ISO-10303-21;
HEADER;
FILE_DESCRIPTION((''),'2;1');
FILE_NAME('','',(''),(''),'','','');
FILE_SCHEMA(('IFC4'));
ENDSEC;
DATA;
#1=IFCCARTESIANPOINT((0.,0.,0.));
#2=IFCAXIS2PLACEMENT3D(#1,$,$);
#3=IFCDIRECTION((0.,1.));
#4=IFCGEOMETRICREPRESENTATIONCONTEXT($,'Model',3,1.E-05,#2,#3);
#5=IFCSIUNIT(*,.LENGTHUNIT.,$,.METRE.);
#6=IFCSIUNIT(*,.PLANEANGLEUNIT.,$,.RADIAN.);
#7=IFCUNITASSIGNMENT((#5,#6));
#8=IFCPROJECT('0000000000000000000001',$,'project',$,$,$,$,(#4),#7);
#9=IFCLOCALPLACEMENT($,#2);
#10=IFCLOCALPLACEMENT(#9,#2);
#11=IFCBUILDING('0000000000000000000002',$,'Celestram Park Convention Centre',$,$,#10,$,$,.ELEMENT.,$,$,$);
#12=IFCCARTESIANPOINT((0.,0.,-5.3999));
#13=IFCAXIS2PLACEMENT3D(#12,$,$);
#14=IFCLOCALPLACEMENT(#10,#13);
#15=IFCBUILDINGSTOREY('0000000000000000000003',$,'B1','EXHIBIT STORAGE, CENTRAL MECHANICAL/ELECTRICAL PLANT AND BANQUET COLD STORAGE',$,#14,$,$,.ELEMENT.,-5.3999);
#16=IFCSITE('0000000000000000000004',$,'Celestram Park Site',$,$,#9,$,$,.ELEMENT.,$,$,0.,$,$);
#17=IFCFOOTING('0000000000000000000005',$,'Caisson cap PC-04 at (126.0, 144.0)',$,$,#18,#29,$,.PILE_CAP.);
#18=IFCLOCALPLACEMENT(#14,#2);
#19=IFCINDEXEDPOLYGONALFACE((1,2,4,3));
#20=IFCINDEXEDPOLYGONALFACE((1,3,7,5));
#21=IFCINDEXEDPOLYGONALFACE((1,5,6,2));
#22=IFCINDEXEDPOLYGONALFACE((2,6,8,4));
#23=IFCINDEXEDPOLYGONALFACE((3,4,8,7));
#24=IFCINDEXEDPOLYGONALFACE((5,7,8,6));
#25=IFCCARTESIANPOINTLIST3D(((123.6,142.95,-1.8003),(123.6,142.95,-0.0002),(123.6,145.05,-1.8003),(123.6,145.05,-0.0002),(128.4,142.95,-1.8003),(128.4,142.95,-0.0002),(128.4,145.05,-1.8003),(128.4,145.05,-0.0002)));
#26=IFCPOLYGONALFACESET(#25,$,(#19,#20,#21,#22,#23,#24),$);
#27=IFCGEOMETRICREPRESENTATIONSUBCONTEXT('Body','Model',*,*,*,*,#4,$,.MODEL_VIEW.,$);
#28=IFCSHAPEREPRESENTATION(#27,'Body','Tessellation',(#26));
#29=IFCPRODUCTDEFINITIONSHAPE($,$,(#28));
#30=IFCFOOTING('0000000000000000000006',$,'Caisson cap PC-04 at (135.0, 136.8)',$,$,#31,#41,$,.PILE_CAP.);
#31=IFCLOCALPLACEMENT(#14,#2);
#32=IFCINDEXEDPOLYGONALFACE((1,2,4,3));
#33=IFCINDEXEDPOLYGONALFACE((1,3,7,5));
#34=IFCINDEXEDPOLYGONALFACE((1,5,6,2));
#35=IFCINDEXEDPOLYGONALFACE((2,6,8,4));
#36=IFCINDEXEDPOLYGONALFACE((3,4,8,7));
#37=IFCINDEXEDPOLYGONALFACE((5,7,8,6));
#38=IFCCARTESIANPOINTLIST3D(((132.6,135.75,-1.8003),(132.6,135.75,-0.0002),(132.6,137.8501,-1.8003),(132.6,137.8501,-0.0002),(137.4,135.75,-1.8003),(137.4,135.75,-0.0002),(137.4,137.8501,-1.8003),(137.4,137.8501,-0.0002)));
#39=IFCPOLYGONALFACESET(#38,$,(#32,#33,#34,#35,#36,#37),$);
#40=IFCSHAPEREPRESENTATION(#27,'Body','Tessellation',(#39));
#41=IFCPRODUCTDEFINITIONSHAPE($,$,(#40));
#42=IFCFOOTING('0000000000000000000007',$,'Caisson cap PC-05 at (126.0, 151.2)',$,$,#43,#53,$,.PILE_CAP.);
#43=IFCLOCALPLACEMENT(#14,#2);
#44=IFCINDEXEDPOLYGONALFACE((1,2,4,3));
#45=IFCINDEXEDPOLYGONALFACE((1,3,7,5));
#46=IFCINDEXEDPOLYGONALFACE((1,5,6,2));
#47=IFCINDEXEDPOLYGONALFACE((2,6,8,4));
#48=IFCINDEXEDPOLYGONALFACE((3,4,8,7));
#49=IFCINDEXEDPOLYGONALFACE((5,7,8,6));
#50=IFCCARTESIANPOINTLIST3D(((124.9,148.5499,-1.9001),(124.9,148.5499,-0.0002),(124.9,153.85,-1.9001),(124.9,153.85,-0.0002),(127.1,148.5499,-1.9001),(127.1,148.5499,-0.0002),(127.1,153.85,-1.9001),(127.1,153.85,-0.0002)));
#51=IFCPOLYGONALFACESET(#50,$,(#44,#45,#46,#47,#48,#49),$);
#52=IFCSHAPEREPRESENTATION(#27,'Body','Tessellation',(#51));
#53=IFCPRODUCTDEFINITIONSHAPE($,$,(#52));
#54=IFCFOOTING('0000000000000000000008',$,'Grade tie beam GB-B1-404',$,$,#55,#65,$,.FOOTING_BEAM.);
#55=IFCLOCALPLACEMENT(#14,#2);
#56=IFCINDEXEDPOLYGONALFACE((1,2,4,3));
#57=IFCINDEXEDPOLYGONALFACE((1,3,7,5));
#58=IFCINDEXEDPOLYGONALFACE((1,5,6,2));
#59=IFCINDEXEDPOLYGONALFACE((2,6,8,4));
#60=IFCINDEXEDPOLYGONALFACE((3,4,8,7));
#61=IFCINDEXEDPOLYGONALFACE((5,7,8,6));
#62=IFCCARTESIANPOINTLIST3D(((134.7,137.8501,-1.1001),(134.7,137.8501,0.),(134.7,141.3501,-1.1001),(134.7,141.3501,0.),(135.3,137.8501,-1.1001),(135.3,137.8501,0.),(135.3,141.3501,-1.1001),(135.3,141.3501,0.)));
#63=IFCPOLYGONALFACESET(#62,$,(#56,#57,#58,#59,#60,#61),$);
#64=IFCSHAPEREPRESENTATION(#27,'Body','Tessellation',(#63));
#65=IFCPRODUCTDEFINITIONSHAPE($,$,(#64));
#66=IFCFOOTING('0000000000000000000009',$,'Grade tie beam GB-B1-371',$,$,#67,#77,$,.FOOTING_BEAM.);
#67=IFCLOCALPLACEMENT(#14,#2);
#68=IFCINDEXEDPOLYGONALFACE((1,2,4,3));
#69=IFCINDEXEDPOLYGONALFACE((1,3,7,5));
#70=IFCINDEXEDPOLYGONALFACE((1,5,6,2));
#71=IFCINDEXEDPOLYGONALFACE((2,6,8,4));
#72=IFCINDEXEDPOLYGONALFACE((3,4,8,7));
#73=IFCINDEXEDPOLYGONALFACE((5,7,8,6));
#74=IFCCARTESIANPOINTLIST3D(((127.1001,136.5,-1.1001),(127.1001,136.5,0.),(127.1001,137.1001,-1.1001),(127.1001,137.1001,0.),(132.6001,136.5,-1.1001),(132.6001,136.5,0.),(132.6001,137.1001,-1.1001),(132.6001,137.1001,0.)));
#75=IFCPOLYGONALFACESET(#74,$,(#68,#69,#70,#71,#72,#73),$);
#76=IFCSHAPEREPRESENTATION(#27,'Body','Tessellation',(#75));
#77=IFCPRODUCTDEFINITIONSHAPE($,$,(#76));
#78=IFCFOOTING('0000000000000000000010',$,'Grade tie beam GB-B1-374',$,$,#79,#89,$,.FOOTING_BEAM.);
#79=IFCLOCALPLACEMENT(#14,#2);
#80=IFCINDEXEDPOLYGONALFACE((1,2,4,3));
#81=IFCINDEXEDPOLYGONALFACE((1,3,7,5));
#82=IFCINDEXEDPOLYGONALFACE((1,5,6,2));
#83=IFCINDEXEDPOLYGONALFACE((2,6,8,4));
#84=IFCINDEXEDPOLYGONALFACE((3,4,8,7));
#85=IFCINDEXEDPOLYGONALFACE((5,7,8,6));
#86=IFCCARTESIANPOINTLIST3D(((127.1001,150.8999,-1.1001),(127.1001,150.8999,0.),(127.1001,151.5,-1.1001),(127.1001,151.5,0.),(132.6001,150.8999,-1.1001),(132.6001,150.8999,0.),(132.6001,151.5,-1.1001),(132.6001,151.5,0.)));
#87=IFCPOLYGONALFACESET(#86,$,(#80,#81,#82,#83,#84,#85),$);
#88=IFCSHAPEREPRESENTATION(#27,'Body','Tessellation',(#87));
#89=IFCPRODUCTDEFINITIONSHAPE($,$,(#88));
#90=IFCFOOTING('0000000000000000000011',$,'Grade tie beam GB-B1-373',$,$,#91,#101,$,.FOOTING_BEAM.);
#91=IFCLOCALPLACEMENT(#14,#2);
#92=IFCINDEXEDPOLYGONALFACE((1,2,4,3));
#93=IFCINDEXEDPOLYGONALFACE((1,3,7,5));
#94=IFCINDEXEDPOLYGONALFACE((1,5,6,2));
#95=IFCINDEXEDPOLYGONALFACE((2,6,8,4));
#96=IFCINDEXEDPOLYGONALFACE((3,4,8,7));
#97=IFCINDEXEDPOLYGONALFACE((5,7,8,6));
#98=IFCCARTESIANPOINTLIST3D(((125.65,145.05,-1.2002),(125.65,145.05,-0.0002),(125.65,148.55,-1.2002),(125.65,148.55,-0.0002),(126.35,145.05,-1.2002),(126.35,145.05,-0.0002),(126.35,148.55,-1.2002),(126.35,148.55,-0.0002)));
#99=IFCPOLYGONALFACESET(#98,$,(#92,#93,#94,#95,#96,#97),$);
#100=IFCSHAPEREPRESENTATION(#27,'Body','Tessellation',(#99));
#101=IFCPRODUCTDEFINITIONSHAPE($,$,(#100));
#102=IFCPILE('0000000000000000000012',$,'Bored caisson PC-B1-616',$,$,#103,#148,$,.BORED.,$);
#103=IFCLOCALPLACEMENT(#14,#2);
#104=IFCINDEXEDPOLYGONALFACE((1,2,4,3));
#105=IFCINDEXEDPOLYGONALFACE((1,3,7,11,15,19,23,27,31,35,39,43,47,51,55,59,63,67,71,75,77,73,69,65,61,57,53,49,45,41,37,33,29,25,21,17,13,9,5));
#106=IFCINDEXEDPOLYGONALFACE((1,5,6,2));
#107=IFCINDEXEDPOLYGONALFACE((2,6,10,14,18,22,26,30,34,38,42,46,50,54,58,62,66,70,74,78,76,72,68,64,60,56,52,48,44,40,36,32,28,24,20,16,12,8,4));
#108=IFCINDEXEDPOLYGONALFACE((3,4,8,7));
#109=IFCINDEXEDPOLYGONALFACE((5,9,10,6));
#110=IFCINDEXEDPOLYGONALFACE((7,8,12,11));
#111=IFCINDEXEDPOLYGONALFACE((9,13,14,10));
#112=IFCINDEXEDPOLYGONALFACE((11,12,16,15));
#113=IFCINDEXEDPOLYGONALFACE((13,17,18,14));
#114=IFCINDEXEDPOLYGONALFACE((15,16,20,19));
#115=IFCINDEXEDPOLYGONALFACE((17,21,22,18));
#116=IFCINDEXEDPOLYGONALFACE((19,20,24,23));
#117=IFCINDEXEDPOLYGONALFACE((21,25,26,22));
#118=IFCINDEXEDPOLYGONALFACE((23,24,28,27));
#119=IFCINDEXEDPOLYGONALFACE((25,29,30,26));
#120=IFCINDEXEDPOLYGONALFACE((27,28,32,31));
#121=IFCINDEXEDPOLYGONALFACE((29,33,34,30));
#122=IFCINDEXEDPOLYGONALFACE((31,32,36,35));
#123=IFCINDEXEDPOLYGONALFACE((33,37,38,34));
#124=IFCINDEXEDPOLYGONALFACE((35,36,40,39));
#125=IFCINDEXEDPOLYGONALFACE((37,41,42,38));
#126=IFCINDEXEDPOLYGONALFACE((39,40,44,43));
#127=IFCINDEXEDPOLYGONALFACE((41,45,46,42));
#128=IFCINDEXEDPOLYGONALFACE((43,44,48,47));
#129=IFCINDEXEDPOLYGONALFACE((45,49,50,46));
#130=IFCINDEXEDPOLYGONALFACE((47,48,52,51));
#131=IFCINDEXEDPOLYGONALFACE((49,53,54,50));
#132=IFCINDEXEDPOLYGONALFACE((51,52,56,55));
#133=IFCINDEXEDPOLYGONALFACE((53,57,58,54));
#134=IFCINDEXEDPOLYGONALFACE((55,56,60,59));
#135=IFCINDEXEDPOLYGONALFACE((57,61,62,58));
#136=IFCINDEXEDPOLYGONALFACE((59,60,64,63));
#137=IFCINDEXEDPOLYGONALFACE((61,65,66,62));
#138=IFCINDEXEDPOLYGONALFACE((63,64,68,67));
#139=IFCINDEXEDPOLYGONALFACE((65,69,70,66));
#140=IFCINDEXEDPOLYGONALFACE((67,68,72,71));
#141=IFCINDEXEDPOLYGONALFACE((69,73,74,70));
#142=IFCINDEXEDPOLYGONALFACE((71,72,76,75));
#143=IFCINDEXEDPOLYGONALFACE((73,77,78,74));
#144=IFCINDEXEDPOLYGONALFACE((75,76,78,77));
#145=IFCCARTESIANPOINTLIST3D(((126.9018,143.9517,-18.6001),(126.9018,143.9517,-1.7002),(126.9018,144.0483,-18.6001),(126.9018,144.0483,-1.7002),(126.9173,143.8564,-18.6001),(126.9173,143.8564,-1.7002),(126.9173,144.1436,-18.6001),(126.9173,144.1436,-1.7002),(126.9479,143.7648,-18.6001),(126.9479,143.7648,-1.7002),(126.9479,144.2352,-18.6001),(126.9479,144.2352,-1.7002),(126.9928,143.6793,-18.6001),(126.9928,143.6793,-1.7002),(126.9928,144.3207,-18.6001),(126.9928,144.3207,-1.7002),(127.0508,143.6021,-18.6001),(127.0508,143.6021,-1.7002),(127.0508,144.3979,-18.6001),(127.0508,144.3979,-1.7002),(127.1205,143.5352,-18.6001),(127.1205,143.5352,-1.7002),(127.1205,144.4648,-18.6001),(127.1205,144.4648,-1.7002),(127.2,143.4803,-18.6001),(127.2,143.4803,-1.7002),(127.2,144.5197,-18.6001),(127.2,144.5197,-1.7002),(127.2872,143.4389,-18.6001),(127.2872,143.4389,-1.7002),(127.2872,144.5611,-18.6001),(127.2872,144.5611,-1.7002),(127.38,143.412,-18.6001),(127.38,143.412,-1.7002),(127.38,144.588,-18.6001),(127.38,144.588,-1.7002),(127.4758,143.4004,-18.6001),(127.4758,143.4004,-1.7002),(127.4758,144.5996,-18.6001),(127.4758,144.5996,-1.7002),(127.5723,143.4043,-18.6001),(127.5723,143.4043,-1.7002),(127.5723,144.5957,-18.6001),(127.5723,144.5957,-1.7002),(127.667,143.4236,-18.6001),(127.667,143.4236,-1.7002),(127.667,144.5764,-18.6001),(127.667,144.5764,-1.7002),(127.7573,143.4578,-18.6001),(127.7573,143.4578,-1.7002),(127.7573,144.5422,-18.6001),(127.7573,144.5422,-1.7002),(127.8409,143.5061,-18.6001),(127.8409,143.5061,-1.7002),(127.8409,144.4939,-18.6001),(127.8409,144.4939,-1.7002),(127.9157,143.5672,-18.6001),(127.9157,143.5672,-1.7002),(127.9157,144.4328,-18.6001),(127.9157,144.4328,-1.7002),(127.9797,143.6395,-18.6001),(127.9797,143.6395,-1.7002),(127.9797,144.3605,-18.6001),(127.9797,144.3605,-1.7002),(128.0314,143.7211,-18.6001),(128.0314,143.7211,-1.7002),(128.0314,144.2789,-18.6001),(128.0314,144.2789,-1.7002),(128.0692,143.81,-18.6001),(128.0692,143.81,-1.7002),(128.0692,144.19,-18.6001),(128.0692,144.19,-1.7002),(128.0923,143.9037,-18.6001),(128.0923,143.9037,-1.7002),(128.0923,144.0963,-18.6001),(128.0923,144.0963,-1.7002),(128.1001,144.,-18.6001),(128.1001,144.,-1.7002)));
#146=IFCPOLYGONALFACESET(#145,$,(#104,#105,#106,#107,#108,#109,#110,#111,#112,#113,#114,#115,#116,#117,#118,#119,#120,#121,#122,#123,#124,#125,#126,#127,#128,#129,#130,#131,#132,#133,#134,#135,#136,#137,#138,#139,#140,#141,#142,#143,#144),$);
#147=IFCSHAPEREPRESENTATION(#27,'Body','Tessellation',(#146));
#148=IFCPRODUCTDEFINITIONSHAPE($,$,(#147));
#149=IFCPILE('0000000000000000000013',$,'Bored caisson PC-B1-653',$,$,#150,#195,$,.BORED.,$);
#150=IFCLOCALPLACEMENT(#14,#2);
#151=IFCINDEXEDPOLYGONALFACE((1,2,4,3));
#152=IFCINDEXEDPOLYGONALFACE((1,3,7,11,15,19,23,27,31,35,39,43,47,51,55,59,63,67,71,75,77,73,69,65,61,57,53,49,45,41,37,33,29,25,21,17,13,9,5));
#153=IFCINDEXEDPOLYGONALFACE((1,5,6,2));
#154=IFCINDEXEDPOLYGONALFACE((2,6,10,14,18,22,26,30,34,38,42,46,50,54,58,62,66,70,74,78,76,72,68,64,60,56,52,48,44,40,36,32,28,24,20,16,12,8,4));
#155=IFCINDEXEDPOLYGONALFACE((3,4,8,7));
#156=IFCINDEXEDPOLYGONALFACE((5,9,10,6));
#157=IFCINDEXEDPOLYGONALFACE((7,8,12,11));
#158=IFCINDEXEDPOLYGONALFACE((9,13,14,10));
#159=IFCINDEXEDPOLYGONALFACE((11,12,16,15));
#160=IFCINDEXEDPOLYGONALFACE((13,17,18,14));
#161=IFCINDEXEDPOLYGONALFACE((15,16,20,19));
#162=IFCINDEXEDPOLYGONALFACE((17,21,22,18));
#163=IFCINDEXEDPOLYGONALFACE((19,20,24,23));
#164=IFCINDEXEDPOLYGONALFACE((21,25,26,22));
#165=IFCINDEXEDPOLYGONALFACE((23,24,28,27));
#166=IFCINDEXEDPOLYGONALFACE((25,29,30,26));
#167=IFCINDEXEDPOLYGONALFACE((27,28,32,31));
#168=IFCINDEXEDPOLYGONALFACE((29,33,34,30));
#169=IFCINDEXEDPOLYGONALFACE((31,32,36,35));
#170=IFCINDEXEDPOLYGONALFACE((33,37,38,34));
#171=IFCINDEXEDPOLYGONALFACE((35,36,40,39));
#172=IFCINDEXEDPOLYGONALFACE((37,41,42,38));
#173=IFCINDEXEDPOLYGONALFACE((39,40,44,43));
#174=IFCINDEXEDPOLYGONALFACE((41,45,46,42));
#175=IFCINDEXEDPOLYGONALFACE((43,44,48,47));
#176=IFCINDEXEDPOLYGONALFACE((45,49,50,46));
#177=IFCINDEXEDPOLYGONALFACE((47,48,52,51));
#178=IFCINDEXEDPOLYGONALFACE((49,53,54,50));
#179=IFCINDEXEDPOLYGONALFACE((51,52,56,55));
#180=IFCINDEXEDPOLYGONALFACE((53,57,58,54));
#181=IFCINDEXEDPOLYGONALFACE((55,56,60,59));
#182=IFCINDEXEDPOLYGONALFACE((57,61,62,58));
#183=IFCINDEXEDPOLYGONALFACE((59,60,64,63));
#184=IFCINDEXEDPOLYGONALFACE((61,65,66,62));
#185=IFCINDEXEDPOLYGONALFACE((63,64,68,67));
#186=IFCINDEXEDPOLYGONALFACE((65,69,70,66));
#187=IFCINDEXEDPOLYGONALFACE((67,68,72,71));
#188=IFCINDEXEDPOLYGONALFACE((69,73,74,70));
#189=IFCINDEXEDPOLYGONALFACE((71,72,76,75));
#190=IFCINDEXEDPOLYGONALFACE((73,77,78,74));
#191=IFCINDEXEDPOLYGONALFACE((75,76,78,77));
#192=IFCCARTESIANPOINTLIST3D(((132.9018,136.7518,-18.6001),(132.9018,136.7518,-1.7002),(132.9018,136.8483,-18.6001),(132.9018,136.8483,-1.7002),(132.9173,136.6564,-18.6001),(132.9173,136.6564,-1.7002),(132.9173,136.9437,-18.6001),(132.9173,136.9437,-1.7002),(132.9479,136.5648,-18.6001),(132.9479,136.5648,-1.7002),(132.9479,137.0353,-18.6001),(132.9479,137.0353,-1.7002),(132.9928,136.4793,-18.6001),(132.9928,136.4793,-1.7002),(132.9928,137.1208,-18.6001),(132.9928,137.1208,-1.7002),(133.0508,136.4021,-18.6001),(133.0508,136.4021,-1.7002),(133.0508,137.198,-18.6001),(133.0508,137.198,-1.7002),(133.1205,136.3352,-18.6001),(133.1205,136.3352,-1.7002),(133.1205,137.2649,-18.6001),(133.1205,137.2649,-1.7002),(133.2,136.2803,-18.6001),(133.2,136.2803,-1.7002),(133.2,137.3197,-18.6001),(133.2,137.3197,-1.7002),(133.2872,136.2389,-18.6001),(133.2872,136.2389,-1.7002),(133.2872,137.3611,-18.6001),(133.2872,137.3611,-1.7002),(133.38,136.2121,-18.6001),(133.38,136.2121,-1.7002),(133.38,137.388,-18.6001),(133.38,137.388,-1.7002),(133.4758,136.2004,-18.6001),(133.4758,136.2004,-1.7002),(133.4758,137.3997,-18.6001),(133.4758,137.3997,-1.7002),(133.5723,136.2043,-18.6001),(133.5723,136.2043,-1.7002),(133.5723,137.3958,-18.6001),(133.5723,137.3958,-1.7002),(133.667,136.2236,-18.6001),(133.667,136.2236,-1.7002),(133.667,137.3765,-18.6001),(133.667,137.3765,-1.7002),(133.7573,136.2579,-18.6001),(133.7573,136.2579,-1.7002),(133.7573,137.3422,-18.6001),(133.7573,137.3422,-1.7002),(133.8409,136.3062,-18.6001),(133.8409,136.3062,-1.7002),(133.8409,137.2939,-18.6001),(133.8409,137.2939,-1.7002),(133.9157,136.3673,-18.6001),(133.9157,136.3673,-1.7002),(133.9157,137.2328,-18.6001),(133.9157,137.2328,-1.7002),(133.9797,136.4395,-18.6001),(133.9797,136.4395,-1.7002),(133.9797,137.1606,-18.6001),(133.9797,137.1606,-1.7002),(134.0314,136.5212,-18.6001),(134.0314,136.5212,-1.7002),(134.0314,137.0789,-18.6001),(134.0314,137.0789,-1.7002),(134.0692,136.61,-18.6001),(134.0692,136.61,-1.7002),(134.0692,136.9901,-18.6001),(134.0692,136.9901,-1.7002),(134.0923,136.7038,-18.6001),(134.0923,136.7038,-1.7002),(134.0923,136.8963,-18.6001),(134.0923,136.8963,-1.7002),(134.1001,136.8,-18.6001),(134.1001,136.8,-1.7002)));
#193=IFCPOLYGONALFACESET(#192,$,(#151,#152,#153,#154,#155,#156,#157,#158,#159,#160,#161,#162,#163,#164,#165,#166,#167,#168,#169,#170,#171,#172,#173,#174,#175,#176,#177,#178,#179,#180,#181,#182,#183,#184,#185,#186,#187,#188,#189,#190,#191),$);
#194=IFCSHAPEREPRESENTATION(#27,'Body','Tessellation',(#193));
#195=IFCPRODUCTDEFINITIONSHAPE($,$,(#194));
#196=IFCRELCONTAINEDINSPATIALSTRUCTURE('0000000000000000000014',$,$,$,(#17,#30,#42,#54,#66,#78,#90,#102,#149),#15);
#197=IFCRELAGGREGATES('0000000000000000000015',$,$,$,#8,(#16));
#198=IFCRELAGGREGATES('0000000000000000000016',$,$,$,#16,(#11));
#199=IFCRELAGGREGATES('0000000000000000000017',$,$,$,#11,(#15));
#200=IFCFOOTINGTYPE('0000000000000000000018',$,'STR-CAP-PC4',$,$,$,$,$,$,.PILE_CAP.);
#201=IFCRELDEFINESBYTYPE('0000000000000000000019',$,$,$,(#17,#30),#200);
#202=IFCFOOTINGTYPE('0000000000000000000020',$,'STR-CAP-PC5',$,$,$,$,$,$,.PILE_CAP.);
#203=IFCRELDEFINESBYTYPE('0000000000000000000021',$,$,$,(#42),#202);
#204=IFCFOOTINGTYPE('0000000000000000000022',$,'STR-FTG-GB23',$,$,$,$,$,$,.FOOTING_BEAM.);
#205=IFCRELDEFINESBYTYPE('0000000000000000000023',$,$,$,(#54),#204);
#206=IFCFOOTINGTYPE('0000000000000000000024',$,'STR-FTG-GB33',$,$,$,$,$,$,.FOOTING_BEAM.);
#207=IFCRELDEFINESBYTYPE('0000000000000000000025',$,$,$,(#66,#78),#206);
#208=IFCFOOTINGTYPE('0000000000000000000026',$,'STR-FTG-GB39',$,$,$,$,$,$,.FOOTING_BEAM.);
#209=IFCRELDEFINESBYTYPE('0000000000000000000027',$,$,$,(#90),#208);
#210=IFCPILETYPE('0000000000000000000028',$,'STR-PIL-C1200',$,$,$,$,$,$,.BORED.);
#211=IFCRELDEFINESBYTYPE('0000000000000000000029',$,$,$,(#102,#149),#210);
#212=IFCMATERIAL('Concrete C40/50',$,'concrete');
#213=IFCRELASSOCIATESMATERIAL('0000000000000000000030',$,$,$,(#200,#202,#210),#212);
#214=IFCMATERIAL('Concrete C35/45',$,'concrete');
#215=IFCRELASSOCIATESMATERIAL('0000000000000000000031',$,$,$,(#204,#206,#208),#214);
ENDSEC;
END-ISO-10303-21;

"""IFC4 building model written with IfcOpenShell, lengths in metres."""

from ifc_helpers import new_model, si_unit, direction, frame, origin, origin_2d, place, context, subcontext, project, spatial, rectangle, circle, extrude, material, material_profile, profile_set, type_object, element, save


model = new_model("IFC4")

# Units and contexts
model_context = context("Model", 3, precision=1e-05, world=origin(), true_north=direction((0.0, 1.0)))
body_context = subcontext(model_context, "Body", "Model", "MODEL_VIEW")
ifc_project = project(units=[si_unit("LENGTHUNIT", "METRE"), si_unit("PLANEANGLEUNIT", "RADIAN")], contexts=[model_context])

# Site, building, storey
site_placement = place(None, origin())
site = spatial("IfcSite", under=ifc_project, at=site_placement, Name="Celestram Park Site", CompositionType="ELEMENT", RefElevation=0.0)
building_placement = place(site_placement, origin())
building = spatial("IfcBuilding", under=site, at=building_placement, Name="Celestram Park Convention Centre", CompositionType="ELEMENT")
storey_placement = place(building_placement, frame((0.0, 0.0, -5.3999)))
storey = spatial("IfcBuildingStorey", under=building, at=storey_placement, Name="B1", Description="EXHIBIT STORAGE, CENTRAL MECHANICAL/ELECTRICAL PLANT AND BANQUET COLD STORAGE", CompositionType="ELEMENT", Elevation=-5.3999)

# Footings
ifc_material_1 = material(Name="Concrete C40/50", Category="concrete")
footing_type_1 = type_object("IfcFootingType", Name="STR-CAP-PC4", PredefinedType="PILE_CAP", material=ifc_material_1)
for number, where, z_axis, x_axis, name in (
    (1, (126.0, 144.0, -1.8003), (0.0, 0.0, 1.0), (1.0, 0.0, 0.0), "Caisson cap PC-04 at (126.0, 144.0)"),
    (2, (135.0, 136.8, -1.8003), (0.0, 0.0, 1.0), (1.0, 0.0, 0.0), "Caisson cap PC-04 at (135.0, 136.8)"),
):
    element("IfcFooting", number, at=place(storey_placement, frame(where, z_axis=z_axis, x_axis=x_axis)), inside=storey, type_object=footing_type_1, Name=name, PredefinedType="PILE_CAP", context=body_context, shape_type="SweptSolid", body=[
        extrude(rectangle(XDim=4.8, YDim=2.1001, at=origin_2d()), origin(), (0.0, 0.0, 1.0), 1.8),
    ])
footing_type_2 = type_object("IfcFootingType", Name="STR-CAP-PC5", PredefinedType="PILE_CAP", material=ifc_material_1)
footing_1_placement = place(storey_placement, frame((126.0, 151.2, -1.9001), z_axis=(0.0, 0.0, 1.0), x_axis=(1.0, 0.0, 0.0)))
element("IfcFooting", 3, at=footing_1_placement, inside=storey, type_object=footing_type_2, Name="Caisson cap PC-05 at (126.0, 151.2)", PredefinedType="PILE_CAP", context=body_context, shape_type="SweptSolid", body=[
    extrude(rectangle(XDim=2.2, YDim=5.3, at=origin_2d()), origin(), (0.0, 0.0, 1.0), 1.8999),
])
ifc_material_2 = material(Name="Concrete C35/45", Category="concrete")
footing_type_3 = type_object("IfcFootingType", Name="STR-FTG-GB23", PredefinedType="FOOTING_BEAM", material=ifc_material_2)
footing_2_placement = place(storey_placement, frame((135.0, 139.6001, -1.1001), z_axis=(0.0, 0.0, 1.0), x_axis=(0.0, 1.0, 0.0)))
element("IfcFooting", 4, at=footing_2_placement, inside=storey, type_object=footing_type_3, Name="Grade tie beam GB-B1-404", PredefinedType="FOOTING_BEAM", context=body_context, shape_type="SweptSolid", body=[
    extrude(rectangle(XDim=3.5, YDim=0.6001, at=origin_2d()), origin(), (0.0, 0.0, 1.0), 1.1001),
])
footing_type_4 = type_object("IfcFootingType", Name="STR-FTG-GB33", PredefinedType="FOOTING_BEAM", material=ifc_material_2)
for number, where, z_axis, x_axis, name in (
    (5, (129.8501, 136.8, -1.1001), (0.0, 0.0, 1.0), (1.0, 0.0, 0.0), "Grade tie beam GB-B1-371"),
    (6, (129.8501, 151.2, -1.1001), (0.0, 0.0, 1.0), (1.0, 0.0, 0.0), "Grade tie beam GB-B1-374"),
):
    element("IfcFooting", number, at=place(storey_placement, frame(where, z_axis=z_axis, x_axis=x_axis)), inside=storey, type_object=footing_type_4, Name=name, PredefinedType="FOOTING_BEAM", context=body_context, shape_type="SweptSolid", body=[
        extrude(rectangle(XDim=5.5, YDim=0.6001, at=origin_2d()), origin(), (0.0, 0.0, 1.0), 1.1001),
    ])
footing_type_5 = type_object("IfcFootingType", Name="STR-FTG-GB39", PredefinedType="FOOTING_BEAM", material=ifc_material_2)
footing_3_placement = place(storey_placement, frame((126.0, 146.8, -1.2002), z_axis=(0.0, 0.0, 1.0), x_axis=(0.0, 1.0, 0.0)))
element("IfcFooting", 7, at=footing_3_placement, inside=storey, type_object=footing_type_5, Name="Grade tie beam GB-B1-373", PredefinedType="FOOTING_BEAM", context=body_context, shape_type="SweptSolid", body=[
    extrude(rectangle(XDim=3.5, YDim=0.7, at=origin_2d()), origin(), (0.0, 0.0, 1.0), 1.2),
])

# Piles
ifc_material_profile_1 = material_profile(ifc_material_1, circle(Radius=0.6001, at=origin_2d()), Name="CAISSON1200")
ifc_profile_set_1 = profile_set([ifc_material_profile_1], Name="Concrete C40/50")
pile_type_1 = type_object("IfcPileType", Name="STR-PIL-C1200", PredefinedType="BORED", material=ifc_profile_set_1)
for number, where, z_axis, x_axis, name in (
    (8, (127.5, 144.0, -1.7002), (0.0, 0.0, -1.0), (1.0, 0.0, 0.0), "Bored caisson PC-B1-616"),
    (9, (133.5, 136.8, -1.7002), (0.0, 0.0, -1.0), (1.0, 0.0, 0.0), "Bored caisson PC-B1-653"),
):
    element("IfcPile", number, at=place(storey_placement, frame(where, z_axis=z_axis, x_axis=x_axis)), inside=storey, type_object=pile_type_1, Name=name, PredefinedType="BORED", context=body_context, shape_type="SweptSolid", body=[
        extrude(circle(Radius=0.6001, at=origin_2d()), origin(), (0.0, 0.0, 1.0), 16.8999),
    ])

save(model, "model.ifc")
